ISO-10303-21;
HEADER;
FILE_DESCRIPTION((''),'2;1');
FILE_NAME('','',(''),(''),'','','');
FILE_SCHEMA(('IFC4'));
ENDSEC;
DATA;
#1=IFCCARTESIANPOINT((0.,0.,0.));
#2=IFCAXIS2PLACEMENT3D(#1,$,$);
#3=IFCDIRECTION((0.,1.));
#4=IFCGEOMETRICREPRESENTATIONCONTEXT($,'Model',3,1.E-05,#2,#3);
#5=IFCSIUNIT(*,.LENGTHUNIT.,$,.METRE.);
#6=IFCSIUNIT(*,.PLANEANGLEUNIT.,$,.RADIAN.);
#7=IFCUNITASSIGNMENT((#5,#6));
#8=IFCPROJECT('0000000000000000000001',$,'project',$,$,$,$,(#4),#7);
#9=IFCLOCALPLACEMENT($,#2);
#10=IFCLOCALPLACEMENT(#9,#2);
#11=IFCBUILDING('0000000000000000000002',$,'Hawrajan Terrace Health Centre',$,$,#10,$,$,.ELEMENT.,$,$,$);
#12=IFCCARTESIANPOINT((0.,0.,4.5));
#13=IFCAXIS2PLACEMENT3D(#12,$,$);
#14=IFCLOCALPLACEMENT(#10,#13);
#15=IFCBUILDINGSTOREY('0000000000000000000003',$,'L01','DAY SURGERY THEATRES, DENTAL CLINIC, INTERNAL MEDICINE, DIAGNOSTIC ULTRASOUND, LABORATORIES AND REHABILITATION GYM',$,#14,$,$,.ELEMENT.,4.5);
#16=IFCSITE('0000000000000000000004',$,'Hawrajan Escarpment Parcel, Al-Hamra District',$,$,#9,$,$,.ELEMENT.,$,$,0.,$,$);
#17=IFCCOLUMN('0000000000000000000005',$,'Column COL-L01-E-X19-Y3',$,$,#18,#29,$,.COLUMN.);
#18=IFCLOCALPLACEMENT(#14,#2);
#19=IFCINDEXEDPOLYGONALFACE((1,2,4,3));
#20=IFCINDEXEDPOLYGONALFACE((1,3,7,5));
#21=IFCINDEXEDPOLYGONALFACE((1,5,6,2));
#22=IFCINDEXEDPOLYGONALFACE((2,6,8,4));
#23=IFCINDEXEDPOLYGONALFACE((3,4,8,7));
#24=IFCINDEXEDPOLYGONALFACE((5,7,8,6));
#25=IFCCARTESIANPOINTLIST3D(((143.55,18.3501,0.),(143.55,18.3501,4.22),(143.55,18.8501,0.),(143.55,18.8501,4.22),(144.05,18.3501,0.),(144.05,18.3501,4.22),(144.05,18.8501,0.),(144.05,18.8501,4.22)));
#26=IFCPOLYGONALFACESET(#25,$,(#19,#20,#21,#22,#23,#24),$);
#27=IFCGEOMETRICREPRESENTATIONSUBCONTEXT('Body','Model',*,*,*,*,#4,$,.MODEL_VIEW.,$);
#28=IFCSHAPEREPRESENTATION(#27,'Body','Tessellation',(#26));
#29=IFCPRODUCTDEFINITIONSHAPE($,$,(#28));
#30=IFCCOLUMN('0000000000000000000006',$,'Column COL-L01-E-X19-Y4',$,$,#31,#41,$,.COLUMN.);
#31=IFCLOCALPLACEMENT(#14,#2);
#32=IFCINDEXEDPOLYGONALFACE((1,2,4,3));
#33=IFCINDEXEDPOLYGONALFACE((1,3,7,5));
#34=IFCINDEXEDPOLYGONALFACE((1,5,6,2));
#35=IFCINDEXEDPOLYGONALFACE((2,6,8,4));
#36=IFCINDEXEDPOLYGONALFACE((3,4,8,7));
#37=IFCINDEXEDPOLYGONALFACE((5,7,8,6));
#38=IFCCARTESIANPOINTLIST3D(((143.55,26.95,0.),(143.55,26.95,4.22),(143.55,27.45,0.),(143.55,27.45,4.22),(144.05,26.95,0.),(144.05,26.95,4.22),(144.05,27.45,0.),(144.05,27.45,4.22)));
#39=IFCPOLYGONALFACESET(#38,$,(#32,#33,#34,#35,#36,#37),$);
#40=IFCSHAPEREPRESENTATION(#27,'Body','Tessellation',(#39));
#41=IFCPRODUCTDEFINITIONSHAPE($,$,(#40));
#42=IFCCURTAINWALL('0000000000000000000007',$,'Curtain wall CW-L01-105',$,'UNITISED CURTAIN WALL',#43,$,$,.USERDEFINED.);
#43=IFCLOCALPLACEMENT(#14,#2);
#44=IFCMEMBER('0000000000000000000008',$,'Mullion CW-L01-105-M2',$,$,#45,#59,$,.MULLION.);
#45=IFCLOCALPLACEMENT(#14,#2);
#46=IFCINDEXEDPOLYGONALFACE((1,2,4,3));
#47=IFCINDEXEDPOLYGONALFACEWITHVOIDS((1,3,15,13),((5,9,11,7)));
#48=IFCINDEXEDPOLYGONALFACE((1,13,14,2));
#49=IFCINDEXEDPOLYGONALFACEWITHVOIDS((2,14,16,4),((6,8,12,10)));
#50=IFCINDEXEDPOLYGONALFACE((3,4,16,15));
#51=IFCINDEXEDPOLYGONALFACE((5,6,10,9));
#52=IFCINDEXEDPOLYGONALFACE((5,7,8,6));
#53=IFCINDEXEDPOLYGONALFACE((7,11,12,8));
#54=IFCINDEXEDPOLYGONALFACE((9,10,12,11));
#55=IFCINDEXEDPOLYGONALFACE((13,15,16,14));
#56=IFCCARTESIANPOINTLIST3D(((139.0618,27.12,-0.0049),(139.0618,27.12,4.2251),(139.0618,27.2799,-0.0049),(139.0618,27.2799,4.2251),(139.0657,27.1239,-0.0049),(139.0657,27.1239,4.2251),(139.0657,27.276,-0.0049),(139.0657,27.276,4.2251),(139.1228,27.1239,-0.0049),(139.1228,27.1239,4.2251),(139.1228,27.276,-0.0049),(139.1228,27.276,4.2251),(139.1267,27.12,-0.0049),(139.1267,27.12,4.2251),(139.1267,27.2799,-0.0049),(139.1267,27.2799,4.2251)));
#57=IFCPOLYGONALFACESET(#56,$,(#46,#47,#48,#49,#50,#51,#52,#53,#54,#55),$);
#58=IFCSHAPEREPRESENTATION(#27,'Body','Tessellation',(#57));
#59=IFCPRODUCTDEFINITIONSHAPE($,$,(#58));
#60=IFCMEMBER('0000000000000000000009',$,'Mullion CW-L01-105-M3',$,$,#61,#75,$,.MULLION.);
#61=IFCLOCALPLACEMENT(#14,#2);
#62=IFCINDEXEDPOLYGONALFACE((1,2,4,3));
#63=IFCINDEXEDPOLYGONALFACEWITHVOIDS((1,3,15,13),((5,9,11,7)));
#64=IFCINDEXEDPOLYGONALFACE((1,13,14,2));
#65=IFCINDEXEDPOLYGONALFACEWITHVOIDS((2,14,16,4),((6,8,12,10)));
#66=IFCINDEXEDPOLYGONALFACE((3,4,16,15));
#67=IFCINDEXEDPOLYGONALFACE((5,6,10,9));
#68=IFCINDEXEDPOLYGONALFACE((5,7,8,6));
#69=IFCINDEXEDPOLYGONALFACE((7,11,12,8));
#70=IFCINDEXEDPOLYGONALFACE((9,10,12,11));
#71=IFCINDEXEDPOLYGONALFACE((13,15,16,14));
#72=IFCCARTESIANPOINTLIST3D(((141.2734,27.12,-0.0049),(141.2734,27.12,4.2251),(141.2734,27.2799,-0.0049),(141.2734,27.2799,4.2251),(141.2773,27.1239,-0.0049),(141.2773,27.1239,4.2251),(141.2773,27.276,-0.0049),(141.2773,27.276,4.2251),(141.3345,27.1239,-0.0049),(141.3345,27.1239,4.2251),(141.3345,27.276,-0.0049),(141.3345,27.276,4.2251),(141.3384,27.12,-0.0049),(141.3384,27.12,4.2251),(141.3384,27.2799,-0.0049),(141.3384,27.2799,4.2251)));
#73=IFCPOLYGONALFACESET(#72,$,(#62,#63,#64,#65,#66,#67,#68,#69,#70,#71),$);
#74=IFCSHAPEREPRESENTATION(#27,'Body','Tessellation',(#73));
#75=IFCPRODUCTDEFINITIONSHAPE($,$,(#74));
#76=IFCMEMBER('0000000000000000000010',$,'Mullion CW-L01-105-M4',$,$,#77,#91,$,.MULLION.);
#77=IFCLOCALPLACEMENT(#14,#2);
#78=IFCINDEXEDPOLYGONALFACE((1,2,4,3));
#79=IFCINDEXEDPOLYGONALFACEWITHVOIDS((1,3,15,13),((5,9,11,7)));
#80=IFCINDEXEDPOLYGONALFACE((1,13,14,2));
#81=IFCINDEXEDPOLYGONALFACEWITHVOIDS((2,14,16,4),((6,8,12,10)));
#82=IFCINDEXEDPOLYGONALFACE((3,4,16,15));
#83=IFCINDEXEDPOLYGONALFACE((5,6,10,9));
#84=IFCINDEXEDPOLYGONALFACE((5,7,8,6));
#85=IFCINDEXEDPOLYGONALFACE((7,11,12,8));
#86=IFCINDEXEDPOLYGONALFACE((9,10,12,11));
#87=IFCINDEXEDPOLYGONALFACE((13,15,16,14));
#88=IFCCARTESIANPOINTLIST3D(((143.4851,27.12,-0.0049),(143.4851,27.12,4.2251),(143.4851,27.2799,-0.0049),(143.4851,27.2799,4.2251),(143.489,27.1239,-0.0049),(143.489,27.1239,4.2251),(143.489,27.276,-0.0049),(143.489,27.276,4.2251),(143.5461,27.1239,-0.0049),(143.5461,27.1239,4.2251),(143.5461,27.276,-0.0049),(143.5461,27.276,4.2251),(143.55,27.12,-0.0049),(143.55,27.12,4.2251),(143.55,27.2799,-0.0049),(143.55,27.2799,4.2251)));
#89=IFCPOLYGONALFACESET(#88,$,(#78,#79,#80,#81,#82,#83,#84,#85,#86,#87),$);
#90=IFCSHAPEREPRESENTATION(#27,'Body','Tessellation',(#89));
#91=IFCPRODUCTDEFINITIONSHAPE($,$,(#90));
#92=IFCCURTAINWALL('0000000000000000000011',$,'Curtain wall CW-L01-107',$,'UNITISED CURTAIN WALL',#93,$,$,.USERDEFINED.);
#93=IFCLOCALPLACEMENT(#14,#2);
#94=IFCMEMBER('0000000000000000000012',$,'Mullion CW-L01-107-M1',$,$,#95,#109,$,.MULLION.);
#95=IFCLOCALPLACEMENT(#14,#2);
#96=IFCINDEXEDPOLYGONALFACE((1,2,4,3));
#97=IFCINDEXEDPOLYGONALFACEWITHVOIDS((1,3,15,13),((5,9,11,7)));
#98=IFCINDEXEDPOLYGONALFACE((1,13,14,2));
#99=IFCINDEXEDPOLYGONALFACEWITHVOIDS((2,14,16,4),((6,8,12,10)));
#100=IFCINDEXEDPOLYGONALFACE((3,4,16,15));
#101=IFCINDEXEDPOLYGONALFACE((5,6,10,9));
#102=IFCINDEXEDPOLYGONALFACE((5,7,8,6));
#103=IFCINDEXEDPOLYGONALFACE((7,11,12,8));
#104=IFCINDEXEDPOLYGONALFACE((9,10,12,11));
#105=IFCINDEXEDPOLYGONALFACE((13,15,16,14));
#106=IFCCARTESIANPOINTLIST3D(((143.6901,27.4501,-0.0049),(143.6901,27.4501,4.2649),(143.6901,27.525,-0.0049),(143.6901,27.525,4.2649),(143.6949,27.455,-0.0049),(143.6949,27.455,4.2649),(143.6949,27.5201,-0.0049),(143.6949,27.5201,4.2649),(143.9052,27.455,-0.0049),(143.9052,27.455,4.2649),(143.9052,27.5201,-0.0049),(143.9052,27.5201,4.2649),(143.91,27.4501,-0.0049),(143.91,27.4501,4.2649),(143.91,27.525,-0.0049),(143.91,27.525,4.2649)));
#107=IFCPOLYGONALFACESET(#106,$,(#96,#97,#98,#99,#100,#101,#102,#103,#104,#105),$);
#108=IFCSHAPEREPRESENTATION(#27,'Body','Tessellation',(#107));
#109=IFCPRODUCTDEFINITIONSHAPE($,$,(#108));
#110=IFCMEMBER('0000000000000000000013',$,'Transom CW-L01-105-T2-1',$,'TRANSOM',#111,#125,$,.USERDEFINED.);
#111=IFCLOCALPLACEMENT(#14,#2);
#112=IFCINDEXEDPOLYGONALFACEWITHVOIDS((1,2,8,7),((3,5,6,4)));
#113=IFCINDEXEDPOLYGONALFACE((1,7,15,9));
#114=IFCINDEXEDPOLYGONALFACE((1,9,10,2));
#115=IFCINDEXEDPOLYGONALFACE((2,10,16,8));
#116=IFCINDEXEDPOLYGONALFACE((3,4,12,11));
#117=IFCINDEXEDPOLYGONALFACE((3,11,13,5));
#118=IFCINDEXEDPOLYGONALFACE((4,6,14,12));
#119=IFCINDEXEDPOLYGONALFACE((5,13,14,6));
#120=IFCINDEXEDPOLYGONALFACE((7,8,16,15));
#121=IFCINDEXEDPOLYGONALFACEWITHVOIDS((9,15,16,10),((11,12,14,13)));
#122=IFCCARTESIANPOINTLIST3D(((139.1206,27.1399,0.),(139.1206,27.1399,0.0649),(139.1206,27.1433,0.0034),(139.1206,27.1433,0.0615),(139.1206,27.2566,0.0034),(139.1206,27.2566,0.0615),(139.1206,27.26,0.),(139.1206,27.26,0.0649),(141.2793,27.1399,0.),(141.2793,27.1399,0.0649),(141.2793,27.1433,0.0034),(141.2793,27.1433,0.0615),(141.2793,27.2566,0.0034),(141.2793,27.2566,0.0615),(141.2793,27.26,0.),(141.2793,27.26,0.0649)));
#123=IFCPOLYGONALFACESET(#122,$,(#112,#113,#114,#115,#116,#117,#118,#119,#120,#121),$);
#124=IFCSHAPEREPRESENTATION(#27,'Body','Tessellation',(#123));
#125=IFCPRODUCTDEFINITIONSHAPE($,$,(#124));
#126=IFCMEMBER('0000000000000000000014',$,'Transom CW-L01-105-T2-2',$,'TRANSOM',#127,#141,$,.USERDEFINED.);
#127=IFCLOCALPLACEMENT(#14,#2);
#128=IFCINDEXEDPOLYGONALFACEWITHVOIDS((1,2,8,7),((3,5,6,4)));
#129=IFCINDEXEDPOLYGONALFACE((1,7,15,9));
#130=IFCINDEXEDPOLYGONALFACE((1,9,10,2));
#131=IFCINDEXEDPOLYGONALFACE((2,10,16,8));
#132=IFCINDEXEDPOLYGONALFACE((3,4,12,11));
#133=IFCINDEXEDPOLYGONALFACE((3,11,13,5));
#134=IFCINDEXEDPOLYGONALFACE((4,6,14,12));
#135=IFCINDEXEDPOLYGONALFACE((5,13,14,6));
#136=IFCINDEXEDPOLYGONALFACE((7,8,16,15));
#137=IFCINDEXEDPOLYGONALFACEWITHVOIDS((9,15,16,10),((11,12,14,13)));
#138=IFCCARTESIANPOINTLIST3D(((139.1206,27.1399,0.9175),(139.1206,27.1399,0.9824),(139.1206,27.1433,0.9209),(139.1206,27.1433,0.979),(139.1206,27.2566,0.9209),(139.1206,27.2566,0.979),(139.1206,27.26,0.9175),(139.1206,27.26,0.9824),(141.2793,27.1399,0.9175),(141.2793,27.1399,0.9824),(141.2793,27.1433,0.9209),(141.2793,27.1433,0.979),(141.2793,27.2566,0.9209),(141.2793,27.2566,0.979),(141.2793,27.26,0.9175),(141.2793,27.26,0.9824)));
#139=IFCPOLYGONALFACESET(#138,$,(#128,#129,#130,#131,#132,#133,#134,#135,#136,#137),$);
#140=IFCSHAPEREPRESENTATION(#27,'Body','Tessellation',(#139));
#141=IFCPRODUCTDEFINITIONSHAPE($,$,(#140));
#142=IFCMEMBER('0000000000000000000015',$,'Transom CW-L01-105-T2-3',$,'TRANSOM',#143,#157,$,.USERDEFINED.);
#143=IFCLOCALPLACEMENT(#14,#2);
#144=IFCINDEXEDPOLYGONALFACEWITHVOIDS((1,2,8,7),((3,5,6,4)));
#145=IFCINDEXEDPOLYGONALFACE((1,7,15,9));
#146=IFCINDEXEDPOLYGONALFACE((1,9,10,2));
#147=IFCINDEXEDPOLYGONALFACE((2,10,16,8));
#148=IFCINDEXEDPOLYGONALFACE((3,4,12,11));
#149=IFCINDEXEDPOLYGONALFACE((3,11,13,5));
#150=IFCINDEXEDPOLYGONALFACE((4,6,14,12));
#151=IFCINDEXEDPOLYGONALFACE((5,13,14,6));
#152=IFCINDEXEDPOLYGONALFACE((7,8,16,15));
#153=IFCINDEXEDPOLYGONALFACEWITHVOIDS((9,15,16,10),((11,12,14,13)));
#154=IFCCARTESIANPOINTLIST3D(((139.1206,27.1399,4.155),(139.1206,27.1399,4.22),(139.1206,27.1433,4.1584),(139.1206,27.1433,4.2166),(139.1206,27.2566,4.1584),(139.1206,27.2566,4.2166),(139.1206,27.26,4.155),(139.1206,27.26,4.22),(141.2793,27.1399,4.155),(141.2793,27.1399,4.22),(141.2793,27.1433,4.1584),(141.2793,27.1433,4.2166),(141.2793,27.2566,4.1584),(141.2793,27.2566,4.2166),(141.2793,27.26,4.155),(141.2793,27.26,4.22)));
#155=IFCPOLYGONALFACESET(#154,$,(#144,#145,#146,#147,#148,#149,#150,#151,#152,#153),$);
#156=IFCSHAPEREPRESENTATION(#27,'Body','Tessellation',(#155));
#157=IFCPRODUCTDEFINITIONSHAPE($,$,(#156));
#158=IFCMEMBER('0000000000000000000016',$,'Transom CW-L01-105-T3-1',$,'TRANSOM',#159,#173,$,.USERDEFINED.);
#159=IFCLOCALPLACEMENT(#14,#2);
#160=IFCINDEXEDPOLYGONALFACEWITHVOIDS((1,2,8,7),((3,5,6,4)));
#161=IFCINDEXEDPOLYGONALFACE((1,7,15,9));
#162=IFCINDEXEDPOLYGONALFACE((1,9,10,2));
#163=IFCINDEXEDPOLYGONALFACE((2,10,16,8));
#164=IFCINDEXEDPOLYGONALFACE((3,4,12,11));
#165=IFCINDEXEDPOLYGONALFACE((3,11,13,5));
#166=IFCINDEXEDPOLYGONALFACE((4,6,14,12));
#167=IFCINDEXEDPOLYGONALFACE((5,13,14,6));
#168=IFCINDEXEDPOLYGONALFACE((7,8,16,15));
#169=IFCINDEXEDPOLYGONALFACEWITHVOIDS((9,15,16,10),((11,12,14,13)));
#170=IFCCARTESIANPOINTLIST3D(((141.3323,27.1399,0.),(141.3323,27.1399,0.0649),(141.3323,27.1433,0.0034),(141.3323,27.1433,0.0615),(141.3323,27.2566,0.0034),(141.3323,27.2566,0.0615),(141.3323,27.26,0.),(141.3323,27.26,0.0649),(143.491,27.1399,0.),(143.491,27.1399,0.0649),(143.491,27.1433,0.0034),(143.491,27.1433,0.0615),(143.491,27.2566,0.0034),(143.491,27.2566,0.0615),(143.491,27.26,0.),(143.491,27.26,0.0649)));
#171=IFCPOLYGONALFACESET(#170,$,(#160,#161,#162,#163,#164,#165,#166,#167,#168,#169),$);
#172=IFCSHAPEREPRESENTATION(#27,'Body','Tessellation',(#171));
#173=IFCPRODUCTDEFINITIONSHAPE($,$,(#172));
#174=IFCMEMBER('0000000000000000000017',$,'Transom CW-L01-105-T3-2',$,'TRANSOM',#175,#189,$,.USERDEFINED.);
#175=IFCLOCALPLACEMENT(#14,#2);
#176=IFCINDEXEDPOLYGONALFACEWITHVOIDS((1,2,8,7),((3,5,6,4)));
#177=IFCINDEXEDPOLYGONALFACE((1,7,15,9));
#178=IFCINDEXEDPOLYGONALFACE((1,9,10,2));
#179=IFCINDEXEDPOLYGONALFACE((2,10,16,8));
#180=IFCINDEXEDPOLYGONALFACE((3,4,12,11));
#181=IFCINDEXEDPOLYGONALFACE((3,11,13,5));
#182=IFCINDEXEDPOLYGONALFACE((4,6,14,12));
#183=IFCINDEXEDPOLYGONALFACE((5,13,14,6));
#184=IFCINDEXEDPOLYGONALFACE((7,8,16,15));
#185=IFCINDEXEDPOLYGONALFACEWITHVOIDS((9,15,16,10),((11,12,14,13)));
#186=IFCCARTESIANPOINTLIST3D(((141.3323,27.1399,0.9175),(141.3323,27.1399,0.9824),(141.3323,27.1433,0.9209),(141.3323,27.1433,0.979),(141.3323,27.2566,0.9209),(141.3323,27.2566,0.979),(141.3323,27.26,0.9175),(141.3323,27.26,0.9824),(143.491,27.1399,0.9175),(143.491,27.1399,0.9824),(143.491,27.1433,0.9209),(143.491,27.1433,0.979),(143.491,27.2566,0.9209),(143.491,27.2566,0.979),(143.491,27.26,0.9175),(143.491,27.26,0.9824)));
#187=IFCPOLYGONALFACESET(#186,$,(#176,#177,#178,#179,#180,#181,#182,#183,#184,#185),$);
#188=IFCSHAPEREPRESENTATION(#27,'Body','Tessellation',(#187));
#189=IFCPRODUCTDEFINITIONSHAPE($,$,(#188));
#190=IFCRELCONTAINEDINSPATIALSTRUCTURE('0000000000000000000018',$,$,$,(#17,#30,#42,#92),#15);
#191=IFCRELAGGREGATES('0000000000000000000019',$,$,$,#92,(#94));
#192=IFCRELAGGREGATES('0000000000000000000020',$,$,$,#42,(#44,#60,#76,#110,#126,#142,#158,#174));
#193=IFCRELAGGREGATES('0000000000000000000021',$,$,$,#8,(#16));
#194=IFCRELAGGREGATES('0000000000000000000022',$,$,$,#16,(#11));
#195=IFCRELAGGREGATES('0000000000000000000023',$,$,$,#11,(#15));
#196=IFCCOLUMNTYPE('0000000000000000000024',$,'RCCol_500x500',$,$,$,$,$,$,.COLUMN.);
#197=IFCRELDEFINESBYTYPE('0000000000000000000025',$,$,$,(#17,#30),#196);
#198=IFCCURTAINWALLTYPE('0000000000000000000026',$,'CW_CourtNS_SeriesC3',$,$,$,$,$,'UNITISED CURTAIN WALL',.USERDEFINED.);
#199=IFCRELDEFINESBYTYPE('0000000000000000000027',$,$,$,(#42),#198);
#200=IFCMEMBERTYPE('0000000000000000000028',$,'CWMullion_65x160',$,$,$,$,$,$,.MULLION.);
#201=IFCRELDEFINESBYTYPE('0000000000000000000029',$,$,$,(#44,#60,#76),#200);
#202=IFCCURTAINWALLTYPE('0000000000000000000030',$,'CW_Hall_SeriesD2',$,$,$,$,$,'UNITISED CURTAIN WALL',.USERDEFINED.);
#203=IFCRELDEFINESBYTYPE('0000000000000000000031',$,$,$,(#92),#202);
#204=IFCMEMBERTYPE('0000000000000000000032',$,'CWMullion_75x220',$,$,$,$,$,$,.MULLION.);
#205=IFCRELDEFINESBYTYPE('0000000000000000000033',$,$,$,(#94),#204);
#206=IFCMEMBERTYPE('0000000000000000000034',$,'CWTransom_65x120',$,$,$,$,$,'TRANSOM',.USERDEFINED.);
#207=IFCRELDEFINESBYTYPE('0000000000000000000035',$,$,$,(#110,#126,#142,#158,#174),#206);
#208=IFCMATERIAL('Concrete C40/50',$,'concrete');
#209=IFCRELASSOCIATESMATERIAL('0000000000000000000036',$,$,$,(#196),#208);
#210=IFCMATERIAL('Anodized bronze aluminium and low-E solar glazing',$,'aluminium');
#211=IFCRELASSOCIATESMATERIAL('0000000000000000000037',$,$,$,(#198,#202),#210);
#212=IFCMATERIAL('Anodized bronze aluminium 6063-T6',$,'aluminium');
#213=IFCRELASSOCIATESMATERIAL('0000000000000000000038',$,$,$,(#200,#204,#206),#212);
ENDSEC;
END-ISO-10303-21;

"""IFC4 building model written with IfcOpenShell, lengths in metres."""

from ifc_helpers import new_model, si_unit, direction, frame, origin, origin_2d, place, context, subcontext, project, spatial, rectangle, hollow_rectangle, extrude, material, material_profile, profile_set, type_object, element, aggregate, save


model = new_model("IFC4")

# Units and contexts
model_context = context("Model", 3, precision=1e-05, world=origin(), true_north=direction((0.0, 1.0)))
body_context = subcontext(model_context, "Body", "Model", "MODEL_VIEW")
ifc_project = project(units=[si_unit("LENGTHUNIT", "METRE"), si_unit("PLANEANGLEUNIT", "RADIAN")], contexts=[model_context])

# Site, building, storey
site_placement = place(None, origin())
site = spatial("IfcSite", under=ifc_project, at=site_placement, Name="Hawrajan Escarpment Parcel, Al-Hamra District", CompositionType="ELEMENT", RefElevation=0.0)
building_placement = place(site_placement, origin())
building = spatial("IfcBuilding", under=site, at=building_placement, Name="Hawrajan Terrace Health Centre", CompositionType="ELEMENT")
storey_placement = place(building_placement, frame((0.0, 0.0, 4.5)))
storey = spatial("IfcBuildingStorey", under=building, at=storey_placement, Name="L01", Description="DAY SURGERY THEATRES, DENTAL CLINIC, INTERNAL MEDICINE, DIAGNOSTIC ULTRASOUND, LABORATORIES AND REHABILITATION GYM", CompositionType="ELEMENT", Elevation=4.5)

# Columns
ifc_material_1 = material(Name="Concrete C40/50", Category="concrete")
ifc_material_profile_1 = material_profile(ifc_material_1, rectangle(XDim=0.5, YDim=0.5, at=origin_2d()), Name="RC 500x500")
ifc_profile_set_1 = profile_set([ifc_material_profile_1], Name="Concrete C40/50")
column_type = type_object("IfcColumnType", Name="RCCol_500x500", PredefinedType="COLUMN", material=ifc_profile_set_1)
for number, where, z_axis, x_axis, name in (
    (1, (143.8, 18.6001, 0.0), (0.0, 0.0, 1.0), (1.0, 0.0, 0.0), "Column COL-L01-E-X19-Y3"),
    (2, (143.8, 27.2, 0.0), (0.0, 0.0, 1.0), (1.0, 0.0, 0.0), "Column COL-L01-E-X19-Y4"),
):
    element("IfcColumn", number, at=place(storey_placement, frame(where, z_axis=z_axis, x_axis=x_axis)), inside=storey, type_object=column_type, Name=name, PredefinedType="COLUMN", context=body_context, shape_type="SweptSolid", body=[
        extrude(rectangle(XDim=0.5, YDim=0.5, at=origin_2d()), origin(), (0.0, 0.0, 1.0), 4.22),
    ])

# Curtain wall, members
ifc_material_2 = material(Name="Anodized bronze aluminium and low-E solar glazing", Category="aluminium")
curtain_wall_type_1 = type_object("IfcCurtainWallType", Name="CW_CourtNS_SeriesC3", ElementType="UNITISED CURTAIN WALL", PredefinedType="USERDEFINED", material=ifc_material_2)
curtain_wall_1_placement = place(storey_placement, origin())
curtain_wall_1 = element("IfcCurtainWall", 3, at=curtain_wall_1_placement, inside=storey, type_object=curtain_wall_type_1, Name="Curtain wall CW-L01-105", ObjectType="UNITISED CURTAIN WALL", PredefinedType="USERDEFINED")
ifc_material_3 = material(Name="Anodized bronze aluminium 6063-T6", Category="aluminium")
ifc_material_profile_2 = material_profile(ifc_material_3, hollow_rectangle(XDim=0.0649, YDim=0.1599, WallThickness=0.0039, at=origin_2d()), Name="CW MUL 65x160")
ifc_profile_set_2 = profile_set([ifc_material_profile_2], Name="Anodized bronze aluminium 6063-T6")
member_type_1 = type_object("IfcMemberType", Name="CWMullion_65x160", PredefinedType="MULLION", material=ifc_profile_set_2)
member_1_placement = place(storey_placement, frame((139.0942, 27.2, -0.0049), z_axis=(0.0, 0.0, 1.0), x_axis=(1.0, 0.0, 0.0)))
member_1 = element("IfcMember", 4, at=member_1_placement, type_object=member_type_1, Name="Mullion CW-L01-105-M2", PredefinedType="MULLION", context=body_context, shape_type="SweptSolid", body=[
    extrude(hollow_rectangle(XDim=0.0649, YDim=0.1599, WallThickness=0.0039, at=origin_2d()), origin(), (0.0, 0.0, 1.0), 4.23),
])
member_2_placement = place(storey_placement, frame((141.3059, 27.2, -0.0049), z_axis=(0.0, 0.0, 1.0), x_axis=(1.0, 0.0, 0.0)))
member_2 = element("IfcMember", 5, at=member_2_placement, type_object=member_type_1, Name="Mullion CW-L01-105-M3", PredefinedType="MULLION", context=body_context, shape_type="SweptSolid", body=[
    extrude(hollow_rectangle(XDim=0.0649, YDim=0.1599, WallThickness=0.0039, at=origin_2d()), origin(), (0.0, 0.0, 1.0), 4.23),
])
member_3_placement = place(storey_placement, frame((143.5176, 27.2, -0.0049), z_axis=(0.0, 0.0, 1.0), x_axis=(1.0, 0.0, 0.0)))
member_3 = element("IfcMember", 6, at=member_3_placement, type_object=member_type_1, Name="Mullion CW-L01-105-M4", PredefinedType="MULLION", context=body_context, shape_type="SweptSolid", body=[
    extrude(hollow_rectangle(XDim=0.0649, YDim=0.1599, WallThickness=0.0039, at=origin_2d()), origin(), (0.0, 0.0, 1.0), 4.23),
])

# Curtain wall, member
curtain_wall_type_2 = type_object("IfcCurtainWallType", Name="CW_Hall_SeriesD2", ElementType="UNITISED CURTAIN WALL", PredefinedType="USERDEFINED", material=ifc_material_2)
curtain_wall_2_placement = place(storey_placement, origin())
curtain_wall_2 = element("IfcCurtainWall", 7, at=curtain_wall_2_placement, inside=storey, type_object=curtain_wall_type_2, Name="Curtain wall CW-L01-107", ObjectType="UNITISED CURTAIN WALL", PredefinedType="USERDEFINED")
ifc_material_profile_3 = material_profile(ifc_material_3, hollow_rectangle(XDim=0.075, YDim=0.22, WallThickness=0.0049, at=origin_2d()), Name="CW MUL 75x220")
ifc_profile_set_3 = profile_set([ifc_material_profile_3], Name="Anodized bronze aluminium 6063-T6")
member_type_2 = type_object("IfcMemberType", Name="CWMullion_75x220", PredefinedType="MULLION", material=ifc_profile_set_3)
member_4_placement = place(storey_placement, frame((143.8, 27.4875, -0.0049), z_axis=(0.0, 0.0, 1.0), x_axis=(0.0, 1.0, 0.0)))
member_4 = element("IfcMember", 8, at=member_4_placement, type_object=member_type_2, Name="Mullion CW-L01-107-M1", PredefinedType="MULLION", context=body_context, shape_type="SweptSolid", body=[
    extrude(hollow_rectangle(XDim=0.075, YDim=0.22, WallThickness=0.0049, at=origin_2d()), origin(), (0.0, 0.0, 1.0), 4.2698),
])

# Members
ifc_material_profile_4 = material_profile(ifc_material_3, hollow_rectangle(XDim=0.0649, YDim=0.1201, WallThickness=0.0034, at=origin_2d()), Name="CW TRN 65x120")
ifc_profile_set_4 = profile_set([ifc_material_profile_4], Name="Anodized bronze aluminium 6063-T6")
member_type_3 = type_object("IfcMemberType", Name="CWTransom_65x120", ElementType="TRANSOM", PredefinedType="USERDEFINED", material=ifc_profile_set_4)
member_5_placement = place(storey_placement, frame((139.1206, 27.2, 0.0325), z_axis=(1.0, 0.0, 0.0), x_axis=(0.0, 0.0, 1.0)))
member_5 = element("IfcMember", 9, at=member_5_placement, type_object=member_type_3, Name="Transom CW-L01-105-T2-1", ObjectType="TRANSOM", PredefinedType="USERDEFINED", context=body_context, shape_type="SweptSolid", body=[
    extrude(hollow_rectangle(XDim=0.0649, YDim=0.1201, WallThickness=0.0034, at=origin_2d()), origin(), (0.0, 0.0, 1.0), 2.1587),
])
member_6_placement = place(storey_placement, frame((139.1206, 27.2, 0.95), z_axis=(1.0, 0.0, 0.0), x_axis=(0.0, 0.0, 1.0)))
member_6 = element("IfcMember", 10, at=member_6_placement, type_object=member_type_3, Name="Transom CW-L01-105-T2-2", ObjectType="TRANSOM", PredefinedType="USERDEFINED", context=body_context, shape_type="SweptSolid", body=[
    extrude(hollow_rectangle(XDim=0.0649, YDim=0.1201, WallThickness=0.0034, at=origin_2d()), origin(), (0.0, 0.0, 1.0), 2.1587),
])
member_7_placement = place(storey_placement, frame((139.1206, 27.2, 4.1875), z_axis=(1.0, 0.0, 0.0), x_axis=(0.0, 0.0, 1.0)))
member_7 = element("IfcMember", 11, at=member_7_placement, type_object=member_type_3, Name="Transom CW-L01-105-T2-3", ObjectType="TRANSOM", PredefinedType="USERDEFINED", context=body_context, shape_type="SweptSolid", body=[
    extrude(hollow_rectangle(XDim=0.0649, YDim=0.1201, WallThickness=0.0034, at=origin_2d()), origin(), (0.0, 0.0, 1.0), 2.1587),
])
member_8_placement = place(storey_placement, frame((141.3323, 27.2, 0.0325), z_axis=(1.0, 0.0, 0.0), x_axis=(0.0, 0.0, 1.0)))
member_8 = element("IfcMember", 12, at=member_8_placement, type_object=member_type_3, Name="Transom CW-L01-105-T3-1", ObjectType="TRANSOM", PredefinedType="USERDEFINED", context=body_context, shape_type="SweptSolid", body=[
    extrude(hollow_rectangle(XDim=0.0649, YDim=0.1201, WallThickness=0.0034, at=origin_2d()), origin(), (0.0, 0.0, 1.0), 2.1587),
])
member_9_placement = place(storey_placement, frame((141.3323, 27.2, 0.95), z_axis=(1.0, 0.0, 0.0), x_axis=(0.0, 0.0, 1.0)))
member_9 = element("IfcMember", 13, at=member_9_placement, type_object=member_type_3, Name="Transom CW-L01-105-T3-2", ObjectType="TRANSOM", PredefinedType="USERDEFINED", context=body_context, shape_type="SweptSolid", body=[
    extrude(hollow_rectangle(XDim=0.0649, YDim=0.1201, WallThickness=0.0034, at=origin_2d()), origin(), (0.0, 0.0, 1.0), 2.1587),
])
aggregate(curtain_wall_2, [member_4])

aggregate(curtain_wall_1, [member_1, member_2, member_3, member_5, member_6, member_7, member_8, member_9])

save(model, "model.ifc")
